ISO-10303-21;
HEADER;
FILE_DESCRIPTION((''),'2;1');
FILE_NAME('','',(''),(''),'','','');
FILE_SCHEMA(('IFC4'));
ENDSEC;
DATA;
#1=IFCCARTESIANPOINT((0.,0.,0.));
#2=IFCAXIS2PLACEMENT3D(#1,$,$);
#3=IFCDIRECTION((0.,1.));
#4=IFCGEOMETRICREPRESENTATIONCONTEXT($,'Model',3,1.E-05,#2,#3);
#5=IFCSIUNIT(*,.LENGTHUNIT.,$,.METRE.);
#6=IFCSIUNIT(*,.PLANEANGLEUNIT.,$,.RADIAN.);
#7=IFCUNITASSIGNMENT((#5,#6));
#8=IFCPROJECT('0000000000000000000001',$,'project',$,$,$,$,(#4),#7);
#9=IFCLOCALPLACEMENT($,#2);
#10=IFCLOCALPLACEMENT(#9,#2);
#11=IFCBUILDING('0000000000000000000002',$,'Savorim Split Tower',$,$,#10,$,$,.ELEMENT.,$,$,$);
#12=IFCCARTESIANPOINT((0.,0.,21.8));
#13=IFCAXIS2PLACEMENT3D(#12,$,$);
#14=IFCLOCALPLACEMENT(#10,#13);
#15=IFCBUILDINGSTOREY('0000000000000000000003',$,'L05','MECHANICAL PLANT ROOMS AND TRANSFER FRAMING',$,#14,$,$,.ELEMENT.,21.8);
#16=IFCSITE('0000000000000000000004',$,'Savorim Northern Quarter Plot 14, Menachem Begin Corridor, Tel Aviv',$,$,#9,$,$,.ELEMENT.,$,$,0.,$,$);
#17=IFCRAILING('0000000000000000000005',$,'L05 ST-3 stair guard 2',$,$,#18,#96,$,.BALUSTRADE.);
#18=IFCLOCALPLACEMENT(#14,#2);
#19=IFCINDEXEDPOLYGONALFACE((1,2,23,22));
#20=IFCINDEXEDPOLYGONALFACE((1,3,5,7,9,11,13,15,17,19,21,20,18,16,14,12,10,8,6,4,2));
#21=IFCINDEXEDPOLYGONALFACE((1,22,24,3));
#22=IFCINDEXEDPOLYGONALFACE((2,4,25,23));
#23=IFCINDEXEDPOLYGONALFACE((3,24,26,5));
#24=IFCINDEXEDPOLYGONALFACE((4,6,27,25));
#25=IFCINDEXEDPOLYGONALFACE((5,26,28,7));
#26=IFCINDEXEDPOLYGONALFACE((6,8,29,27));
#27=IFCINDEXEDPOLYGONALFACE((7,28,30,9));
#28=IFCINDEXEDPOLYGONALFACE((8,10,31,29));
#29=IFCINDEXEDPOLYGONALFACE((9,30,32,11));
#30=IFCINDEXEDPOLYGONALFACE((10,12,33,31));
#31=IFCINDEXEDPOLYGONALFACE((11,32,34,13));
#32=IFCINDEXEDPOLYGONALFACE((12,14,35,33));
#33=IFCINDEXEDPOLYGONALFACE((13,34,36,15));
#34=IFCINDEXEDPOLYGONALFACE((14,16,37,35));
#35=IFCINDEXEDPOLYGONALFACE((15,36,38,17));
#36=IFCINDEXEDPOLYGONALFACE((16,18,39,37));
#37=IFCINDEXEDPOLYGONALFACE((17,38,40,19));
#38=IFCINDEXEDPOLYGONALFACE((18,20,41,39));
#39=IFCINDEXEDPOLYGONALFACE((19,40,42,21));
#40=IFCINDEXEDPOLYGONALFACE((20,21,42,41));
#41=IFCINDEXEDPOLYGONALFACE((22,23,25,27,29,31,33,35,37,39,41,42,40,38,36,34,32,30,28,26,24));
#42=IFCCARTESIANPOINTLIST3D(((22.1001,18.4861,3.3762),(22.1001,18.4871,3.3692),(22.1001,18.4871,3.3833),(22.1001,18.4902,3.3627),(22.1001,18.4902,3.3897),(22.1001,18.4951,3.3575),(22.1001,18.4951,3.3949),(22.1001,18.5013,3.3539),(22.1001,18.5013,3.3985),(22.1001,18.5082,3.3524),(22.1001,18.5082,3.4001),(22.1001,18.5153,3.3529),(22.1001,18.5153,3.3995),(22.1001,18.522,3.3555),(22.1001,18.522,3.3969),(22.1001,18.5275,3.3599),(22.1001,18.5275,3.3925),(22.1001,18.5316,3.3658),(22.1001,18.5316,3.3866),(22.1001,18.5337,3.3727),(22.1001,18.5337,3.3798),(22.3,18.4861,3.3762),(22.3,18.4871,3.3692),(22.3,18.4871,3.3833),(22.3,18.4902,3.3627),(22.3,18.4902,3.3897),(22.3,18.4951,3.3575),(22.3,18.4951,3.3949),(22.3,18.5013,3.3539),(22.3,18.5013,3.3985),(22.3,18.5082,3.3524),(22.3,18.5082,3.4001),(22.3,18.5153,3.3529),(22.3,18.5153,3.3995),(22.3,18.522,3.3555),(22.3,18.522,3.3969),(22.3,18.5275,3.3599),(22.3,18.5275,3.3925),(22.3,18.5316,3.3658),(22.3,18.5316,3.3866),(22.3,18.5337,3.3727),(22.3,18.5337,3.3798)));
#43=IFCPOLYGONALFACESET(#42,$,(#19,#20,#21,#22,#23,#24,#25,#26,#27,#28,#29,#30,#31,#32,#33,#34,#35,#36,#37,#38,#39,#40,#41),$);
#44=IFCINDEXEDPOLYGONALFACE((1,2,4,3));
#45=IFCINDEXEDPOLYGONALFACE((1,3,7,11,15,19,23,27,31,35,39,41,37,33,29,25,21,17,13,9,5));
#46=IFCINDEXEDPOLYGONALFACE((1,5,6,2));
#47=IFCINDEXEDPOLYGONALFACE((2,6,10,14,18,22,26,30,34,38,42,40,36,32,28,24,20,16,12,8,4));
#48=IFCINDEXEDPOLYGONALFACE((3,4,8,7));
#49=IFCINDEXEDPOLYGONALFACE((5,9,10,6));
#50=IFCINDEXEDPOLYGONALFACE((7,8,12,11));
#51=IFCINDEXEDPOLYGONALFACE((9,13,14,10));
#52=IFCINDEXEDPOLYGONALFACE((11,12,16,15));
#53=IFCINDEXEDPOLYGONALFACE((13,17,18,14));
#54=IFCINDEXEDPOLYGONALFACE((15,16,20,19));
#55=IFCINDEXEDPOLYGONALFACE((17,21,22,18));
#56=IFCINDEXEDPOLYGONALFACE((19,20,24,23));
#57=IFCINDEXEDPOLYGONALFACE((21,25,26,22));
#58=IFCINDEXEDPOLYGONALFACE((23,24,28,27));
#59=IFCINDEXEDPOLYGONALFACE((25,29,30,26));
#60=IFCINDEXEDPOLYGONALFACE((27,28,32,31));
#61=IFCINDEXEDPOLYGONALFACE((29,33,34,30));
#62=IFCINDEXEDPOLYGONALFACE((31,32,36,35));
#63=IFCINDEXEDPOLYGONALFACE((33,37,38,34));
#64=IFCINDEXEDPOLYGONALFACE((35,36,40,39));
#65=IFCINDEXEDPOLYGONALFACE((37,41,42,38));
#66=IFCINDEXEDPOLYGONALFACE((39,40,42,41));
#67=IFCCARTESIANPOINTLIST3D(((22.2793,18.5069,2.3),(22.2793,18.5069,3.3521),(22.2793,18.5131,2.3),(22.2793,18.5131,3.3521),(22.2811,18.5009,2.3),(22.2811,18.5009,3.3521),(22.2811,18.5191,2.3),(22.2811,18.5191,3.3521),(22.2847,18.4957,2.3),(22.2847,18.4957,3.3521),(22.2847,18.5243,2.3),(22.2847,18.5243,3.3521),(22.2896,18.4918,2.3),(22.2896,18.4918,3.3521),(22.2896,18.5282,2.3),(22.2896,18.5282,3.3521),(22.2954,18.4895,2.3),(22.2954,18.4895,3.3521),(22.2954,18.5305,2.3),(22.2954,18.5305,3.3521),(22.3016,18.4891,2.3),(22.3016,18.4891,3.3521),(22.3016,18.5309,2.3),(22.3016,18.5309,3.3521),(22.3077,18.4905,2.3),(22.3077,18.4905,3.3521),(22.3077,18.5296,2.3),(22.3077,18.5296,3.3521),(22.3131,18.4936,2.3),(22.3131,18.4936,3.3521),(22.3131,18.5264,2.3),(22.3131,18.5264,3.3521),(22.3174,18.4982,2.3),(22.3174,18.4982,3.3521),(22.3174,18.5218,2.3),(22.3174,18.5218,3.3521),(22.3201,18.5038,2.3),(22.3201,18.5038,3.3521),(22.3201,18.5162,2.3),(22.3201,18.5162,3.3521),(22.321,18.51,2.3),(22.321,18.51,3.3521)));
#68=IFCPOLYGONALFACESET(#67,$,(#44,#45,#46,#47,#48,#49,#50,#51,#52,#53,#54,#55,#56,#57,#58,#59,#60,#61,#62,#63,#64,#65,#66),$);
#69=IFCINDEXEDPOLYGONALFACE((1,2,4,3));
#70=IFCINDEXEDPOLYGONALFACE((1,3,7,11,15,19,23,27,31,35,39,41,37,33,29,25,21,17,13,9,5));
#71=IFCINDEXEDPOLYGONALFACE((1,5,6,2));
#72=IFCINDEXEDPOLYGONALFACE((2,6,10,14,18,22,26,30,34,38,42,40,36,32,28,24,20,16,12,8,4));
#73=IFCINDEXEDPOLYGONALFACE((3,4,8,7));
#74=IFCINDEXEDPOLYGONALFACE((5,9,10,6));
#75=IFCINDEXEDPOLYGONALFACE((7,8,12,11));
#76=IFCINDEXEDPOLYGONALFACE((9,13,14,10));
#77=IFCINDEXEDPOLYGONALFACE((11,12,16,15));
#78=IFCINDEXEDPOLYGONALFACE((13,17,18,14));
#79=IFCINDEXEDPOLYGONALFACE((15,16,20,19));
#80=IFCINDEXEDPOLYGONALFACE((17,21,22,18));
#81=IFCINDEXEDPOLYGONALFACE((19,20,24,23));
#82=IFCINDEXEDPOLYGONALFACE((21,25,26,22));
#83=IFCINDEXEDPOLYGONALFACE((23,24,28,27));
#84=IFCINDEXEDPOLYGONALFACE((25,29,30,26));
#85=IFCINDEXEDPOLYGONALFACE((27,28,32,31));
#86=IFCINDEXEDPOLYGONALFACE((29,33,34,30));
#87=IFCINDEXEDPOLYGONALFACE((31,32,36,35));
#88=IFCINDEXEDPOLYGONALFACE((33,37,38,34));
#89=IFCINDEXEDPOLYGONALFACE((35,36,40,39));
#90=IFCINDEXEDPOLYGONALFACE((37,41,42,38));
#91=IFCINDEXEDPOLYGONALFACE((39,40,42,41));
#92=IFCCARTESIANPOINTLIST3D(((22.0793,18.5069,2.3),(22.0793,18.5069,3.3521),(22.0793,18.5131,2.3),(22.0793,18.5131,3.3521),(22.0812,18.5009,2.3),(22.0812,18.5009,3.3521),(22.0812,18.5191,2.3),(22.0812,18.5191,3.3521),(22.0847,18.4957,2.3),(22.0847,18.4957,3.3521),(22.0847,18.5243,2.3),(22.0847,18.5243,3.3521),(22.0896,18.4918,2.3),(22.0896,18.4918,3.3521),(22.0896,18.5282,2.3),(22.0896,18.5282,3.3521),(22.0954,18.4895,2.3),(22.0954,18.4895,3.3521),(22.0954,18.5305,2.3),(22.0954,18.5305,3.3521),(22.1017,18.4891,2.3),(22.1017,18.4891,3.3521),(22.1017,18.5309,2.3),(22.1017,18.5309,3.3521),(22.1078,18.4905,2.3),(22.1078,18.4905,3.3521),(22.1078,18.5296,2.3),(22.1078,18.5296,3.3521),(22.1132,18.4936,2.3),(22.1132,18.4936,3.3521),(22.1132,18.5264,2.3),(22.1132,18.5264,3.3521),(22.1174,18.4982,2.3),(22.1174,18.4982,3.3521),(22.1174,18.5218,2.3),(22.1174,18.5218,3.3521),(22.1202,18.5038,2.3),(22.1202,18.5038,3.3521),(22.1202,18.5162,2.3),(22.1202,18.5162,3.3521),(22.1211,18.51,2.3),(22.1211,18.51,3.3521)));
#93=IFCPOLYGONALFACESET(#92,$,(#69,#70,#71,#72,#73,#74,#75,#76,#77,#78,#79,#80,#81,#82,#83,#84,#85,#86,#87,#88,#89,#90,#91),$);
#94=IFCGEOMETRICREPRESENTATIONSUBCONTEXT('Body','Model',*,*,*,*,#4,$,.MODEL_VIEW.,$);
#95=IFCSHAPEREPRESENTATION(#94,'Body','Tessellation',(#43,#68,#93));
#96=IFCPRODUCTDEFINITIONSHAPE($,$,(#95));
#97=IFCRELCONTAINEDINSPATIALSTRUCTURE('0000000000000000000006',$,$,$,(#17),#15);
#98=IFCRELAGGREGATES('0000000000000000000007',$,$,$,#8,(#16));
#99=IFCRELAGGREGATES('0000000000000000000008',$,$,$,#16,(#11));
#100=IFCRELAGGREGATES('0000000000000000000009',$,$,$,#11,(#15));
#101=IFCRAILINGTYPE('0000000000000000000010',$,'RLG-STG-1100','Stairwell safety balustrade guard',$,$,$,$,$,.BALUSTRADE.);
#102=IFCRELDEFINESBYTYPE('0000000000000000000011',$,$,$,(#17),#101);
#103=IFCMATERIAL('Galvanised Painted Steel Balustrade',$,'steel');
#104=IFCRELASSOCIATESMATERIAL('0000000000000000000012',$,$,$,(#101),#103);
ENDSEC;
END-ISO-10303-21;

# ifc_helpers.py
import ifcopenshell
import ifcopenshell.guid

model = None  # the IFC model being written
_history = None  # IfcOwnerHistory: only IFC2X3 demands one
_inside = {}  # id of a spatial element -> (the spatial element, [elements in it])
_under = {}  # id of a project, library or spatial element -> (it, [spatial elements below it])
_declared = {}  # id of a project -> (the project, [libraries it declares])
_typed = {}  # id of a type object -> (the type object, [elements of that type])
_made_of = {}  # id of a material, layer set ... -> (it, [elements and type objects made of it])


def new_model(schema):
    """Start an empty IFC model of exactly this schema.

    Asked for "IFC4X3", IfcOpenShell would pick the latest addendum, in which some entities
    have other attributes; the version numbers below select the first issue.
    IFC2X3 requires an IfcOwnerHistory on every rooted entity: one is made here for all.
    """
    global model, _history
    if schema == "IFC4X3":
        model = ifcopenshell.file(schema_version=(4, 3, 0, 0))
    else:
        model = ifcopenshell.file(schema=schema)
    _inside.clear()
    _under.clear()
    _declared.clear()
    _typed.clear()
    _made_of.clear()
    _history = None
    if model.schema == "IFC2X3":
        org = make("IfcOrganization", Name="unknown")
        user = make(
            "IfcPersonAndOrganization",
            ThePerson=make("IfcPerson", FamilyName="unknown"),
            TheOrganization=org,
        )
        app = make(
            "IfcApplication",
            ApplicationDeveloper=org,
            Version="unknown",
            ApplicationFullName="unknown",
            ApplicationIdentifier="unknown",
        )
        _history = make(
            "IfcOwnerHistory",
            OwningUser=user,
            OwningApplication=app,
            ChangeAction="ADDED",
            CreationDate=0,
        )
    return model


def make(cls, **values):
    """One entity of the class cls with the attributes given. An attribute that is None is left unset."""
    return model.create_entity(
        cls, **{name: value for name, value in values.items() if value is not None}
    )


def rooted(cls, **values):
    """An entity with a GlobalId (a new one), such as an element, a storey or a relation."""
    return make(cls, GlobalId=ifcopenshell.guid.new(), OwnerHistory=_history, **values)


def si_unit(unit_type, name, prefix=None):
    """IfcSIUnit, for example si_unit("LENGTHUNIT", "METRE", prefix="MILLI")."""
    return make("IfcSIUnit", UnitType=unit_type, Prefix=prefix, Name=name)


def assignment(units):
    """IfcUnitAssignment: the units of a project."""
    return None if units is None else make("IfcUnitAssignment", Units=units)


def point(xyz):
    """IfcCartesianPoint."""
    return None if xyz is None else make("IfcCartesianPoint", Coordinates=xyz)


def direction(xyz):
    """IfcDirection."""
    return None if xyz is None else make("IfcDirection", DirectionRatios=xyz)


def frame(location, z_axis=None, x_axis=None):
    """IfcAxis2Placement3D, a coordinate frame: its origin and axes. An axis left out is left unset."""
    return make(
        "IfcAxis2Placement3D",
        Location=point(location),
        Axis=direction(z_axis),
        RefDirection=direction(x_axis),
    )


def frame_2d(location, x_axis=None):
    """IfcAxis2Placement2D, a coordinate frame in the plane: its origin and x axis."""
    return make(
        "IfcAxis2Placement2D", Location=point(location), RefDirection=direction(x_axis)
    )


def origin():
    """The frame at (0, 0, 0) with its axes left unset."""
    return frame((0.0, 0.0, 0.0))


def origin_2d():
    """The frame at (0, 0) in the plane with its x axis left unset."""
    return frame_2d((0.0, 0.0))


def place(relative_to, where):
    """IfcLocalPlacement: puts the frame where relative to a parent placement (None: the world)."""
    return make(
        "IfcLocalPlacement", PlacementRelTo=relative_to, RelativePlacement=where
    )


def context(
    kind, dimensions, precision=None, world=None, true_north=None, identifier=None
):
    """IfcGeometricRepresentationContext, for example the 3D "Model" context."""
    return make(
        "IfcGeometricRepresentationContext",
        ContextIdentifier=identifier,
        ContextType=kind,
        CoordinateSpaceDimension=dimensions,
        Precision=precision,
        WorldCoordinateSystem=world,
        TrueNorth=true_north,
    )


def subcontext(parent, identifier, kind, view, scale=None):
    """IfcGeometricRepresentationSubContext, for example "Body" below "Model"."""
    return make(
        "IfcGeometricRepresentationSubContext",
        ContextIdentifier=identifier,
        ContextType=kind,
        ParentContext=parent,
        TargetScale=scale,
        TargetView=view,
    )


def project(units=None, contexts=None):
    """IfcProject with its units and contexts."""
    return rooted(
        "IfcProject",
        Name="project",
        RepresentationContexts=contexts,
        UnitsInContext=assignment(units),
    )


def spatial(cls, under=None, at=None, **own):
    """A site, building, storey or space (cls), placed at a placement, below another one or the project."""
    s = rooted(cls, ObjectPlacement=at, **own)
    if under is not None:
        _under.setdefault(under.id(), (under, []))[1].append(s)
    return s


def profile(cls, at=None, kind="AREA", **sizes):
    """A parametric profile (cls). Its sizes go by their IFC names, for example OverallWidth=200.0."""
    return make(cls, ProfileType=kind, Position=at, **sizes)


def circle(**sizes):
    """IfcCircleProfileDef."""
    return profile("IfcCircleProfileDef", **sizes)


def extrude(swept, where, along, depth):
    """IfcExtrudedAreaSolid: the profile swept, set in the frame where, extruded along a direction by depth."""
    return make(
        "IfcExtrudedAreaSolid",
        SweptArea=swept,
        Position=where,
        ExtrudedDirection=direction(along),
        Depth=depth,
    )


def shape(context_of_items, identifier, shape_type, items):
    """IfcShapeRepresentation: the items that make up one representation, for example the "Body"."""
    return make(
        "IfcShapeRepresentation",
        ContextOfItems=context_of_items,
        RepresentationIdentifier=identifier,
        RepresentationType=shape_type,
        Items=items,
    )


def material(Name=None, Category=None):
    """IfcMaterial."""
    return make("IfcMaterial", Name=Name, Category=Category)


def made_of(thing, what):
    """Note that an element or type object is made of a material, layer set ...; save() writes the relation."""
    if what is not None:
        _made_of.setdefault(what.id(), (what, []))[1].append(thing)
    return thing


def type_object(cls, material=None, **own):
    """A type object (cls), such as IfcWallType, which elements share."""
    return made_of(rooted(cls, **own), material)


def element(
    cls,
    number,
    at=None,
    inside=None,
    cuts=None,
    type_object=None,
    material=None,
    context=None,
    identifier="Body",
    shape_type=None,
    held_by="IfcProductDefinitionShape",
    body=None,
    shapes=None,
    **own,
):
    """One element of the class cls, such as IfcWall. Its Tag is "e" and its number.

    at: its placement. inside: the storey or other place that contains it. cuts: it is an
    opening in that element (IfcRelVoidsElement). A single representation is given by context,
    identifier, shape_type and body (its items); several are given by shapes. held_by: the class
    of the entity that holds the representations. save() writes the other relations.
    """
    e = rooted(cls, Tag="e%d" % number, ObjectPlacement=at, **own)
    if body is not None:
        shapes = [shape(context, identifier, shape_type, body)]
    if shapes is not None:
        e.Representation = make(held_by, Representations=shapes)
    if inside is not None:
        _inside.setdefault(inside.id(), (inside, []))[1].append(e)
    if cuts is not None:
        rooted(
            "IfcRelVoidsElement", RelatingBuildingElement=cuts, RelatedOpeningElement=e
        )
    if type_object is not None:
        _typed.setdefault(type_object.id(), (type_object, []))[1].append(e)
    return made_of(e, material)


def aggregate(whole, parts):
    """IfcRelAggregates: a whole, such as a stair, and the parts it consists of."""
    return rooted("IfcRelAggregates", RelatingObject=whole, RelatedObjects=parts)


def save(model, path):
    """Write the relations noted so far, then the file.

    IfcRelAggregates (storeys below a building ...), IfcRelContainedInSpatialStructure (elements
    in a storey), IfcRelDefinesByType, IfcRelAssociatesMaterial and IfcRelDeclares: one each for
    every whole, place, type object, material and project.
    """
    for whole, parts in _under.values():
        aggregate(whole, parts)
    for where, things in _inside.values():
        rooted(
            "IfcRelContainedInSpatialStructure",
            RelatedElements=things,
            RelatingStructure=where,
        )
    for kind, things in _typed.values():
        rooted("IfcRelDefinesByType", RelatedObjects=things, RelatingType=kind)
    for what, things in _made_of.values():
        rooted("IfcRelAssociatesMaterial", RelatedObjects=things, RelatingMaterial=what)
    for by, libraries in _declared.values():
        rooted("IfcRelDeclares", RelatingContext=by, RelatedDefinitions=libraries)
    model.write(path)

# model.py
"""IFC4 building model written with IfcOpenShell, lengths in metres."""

from ifc_helpers import new_model, si_unit, direction, frame, origin, origin_2d, place, context, subcontext, project, spatial, circle, extrude, material, type_object, element, save


model = new_model("IFC4")

# Units and contexts
model_context = context("Model", 3, precision=1e-05, world=origin(), true_north=direction((0.0, 1.0)))
body_context = subcontext(model_context, "Body", "Model", "MODEL_VIEW")
ifc_project = project(units=[si_unit("LENGTHUNIT", "METRE"), si_unit("PLANEANGLEUNIT", "RADIAN")], contexts=[model_context])

# Site, building, storey
site_placement = place(None, origin())
site = spatial("IfcSite", under=ifc_project, at=site_placement, Name="Savorim Northern Quarter Plot 14, Menachem Begin Corridor, Tel Aviv", CompositionType="ELEMENT", RefElevation=0.0)
building_placement = place(site_placement, origin())
building = spatial("IfcBuilding", under=site, at=building_placement, Name="Savorim Split Tower", CompositionType="ELEMENT")
storey_placement = place(building_placement, frame((0.0, 0.0, 21.8)))
storey = spatial("IfcBuildingStorey", under=building, at=storey_placement, Name="L05", Description="MECHANICAL PLANT ROOMS AND TRANSFER FRAMING", CompositionType="ELEMENT", Elevation=21.8)

# Railing
ifc_material_1 = material(Name="Galvanised Painted Steel Balustrade", Category="steel")
railing_type_1 = type_object("IfcRailingType", Name="RLG-STG-1100", Description="Stairwell safety balustrade guard", PredefinedType="BALUSTRADE", material=ifc_material_1)
railing_1_placement = place(storey_placement, frame((22.3, 18.51, 2.3)))
element("IfcRailing", 1, at=railing_1_placement, inside=storey, type_object=railing_type_1, Name="L05 ST-3 stair guard 2", PredefinedType="BALUSTRADE", context=body_context, shape_type="SweptSolid", body=[
    extrude(circle(Radius=0.0239, at=origin_2d()), frame((0.0, 0.0, 1.0762), z_axis=(-1.0, 0.0, 0.0), x_axis=(0.0, -1.0, 0.0)), (0.0, 0.0, 1.0), 0.2),
    extrude(circle(Radius=0.021, at=origin_2d()), origin(), (0.0, 0.0, 1.0), 1.052),
    extrude(circle(Radius=0.021, at=origin_2d()), frame((-0.2, 0.0, 0.0)), (0.0, 0.0, 1.0), 1.052),
])

save(model, "model.ifc")
